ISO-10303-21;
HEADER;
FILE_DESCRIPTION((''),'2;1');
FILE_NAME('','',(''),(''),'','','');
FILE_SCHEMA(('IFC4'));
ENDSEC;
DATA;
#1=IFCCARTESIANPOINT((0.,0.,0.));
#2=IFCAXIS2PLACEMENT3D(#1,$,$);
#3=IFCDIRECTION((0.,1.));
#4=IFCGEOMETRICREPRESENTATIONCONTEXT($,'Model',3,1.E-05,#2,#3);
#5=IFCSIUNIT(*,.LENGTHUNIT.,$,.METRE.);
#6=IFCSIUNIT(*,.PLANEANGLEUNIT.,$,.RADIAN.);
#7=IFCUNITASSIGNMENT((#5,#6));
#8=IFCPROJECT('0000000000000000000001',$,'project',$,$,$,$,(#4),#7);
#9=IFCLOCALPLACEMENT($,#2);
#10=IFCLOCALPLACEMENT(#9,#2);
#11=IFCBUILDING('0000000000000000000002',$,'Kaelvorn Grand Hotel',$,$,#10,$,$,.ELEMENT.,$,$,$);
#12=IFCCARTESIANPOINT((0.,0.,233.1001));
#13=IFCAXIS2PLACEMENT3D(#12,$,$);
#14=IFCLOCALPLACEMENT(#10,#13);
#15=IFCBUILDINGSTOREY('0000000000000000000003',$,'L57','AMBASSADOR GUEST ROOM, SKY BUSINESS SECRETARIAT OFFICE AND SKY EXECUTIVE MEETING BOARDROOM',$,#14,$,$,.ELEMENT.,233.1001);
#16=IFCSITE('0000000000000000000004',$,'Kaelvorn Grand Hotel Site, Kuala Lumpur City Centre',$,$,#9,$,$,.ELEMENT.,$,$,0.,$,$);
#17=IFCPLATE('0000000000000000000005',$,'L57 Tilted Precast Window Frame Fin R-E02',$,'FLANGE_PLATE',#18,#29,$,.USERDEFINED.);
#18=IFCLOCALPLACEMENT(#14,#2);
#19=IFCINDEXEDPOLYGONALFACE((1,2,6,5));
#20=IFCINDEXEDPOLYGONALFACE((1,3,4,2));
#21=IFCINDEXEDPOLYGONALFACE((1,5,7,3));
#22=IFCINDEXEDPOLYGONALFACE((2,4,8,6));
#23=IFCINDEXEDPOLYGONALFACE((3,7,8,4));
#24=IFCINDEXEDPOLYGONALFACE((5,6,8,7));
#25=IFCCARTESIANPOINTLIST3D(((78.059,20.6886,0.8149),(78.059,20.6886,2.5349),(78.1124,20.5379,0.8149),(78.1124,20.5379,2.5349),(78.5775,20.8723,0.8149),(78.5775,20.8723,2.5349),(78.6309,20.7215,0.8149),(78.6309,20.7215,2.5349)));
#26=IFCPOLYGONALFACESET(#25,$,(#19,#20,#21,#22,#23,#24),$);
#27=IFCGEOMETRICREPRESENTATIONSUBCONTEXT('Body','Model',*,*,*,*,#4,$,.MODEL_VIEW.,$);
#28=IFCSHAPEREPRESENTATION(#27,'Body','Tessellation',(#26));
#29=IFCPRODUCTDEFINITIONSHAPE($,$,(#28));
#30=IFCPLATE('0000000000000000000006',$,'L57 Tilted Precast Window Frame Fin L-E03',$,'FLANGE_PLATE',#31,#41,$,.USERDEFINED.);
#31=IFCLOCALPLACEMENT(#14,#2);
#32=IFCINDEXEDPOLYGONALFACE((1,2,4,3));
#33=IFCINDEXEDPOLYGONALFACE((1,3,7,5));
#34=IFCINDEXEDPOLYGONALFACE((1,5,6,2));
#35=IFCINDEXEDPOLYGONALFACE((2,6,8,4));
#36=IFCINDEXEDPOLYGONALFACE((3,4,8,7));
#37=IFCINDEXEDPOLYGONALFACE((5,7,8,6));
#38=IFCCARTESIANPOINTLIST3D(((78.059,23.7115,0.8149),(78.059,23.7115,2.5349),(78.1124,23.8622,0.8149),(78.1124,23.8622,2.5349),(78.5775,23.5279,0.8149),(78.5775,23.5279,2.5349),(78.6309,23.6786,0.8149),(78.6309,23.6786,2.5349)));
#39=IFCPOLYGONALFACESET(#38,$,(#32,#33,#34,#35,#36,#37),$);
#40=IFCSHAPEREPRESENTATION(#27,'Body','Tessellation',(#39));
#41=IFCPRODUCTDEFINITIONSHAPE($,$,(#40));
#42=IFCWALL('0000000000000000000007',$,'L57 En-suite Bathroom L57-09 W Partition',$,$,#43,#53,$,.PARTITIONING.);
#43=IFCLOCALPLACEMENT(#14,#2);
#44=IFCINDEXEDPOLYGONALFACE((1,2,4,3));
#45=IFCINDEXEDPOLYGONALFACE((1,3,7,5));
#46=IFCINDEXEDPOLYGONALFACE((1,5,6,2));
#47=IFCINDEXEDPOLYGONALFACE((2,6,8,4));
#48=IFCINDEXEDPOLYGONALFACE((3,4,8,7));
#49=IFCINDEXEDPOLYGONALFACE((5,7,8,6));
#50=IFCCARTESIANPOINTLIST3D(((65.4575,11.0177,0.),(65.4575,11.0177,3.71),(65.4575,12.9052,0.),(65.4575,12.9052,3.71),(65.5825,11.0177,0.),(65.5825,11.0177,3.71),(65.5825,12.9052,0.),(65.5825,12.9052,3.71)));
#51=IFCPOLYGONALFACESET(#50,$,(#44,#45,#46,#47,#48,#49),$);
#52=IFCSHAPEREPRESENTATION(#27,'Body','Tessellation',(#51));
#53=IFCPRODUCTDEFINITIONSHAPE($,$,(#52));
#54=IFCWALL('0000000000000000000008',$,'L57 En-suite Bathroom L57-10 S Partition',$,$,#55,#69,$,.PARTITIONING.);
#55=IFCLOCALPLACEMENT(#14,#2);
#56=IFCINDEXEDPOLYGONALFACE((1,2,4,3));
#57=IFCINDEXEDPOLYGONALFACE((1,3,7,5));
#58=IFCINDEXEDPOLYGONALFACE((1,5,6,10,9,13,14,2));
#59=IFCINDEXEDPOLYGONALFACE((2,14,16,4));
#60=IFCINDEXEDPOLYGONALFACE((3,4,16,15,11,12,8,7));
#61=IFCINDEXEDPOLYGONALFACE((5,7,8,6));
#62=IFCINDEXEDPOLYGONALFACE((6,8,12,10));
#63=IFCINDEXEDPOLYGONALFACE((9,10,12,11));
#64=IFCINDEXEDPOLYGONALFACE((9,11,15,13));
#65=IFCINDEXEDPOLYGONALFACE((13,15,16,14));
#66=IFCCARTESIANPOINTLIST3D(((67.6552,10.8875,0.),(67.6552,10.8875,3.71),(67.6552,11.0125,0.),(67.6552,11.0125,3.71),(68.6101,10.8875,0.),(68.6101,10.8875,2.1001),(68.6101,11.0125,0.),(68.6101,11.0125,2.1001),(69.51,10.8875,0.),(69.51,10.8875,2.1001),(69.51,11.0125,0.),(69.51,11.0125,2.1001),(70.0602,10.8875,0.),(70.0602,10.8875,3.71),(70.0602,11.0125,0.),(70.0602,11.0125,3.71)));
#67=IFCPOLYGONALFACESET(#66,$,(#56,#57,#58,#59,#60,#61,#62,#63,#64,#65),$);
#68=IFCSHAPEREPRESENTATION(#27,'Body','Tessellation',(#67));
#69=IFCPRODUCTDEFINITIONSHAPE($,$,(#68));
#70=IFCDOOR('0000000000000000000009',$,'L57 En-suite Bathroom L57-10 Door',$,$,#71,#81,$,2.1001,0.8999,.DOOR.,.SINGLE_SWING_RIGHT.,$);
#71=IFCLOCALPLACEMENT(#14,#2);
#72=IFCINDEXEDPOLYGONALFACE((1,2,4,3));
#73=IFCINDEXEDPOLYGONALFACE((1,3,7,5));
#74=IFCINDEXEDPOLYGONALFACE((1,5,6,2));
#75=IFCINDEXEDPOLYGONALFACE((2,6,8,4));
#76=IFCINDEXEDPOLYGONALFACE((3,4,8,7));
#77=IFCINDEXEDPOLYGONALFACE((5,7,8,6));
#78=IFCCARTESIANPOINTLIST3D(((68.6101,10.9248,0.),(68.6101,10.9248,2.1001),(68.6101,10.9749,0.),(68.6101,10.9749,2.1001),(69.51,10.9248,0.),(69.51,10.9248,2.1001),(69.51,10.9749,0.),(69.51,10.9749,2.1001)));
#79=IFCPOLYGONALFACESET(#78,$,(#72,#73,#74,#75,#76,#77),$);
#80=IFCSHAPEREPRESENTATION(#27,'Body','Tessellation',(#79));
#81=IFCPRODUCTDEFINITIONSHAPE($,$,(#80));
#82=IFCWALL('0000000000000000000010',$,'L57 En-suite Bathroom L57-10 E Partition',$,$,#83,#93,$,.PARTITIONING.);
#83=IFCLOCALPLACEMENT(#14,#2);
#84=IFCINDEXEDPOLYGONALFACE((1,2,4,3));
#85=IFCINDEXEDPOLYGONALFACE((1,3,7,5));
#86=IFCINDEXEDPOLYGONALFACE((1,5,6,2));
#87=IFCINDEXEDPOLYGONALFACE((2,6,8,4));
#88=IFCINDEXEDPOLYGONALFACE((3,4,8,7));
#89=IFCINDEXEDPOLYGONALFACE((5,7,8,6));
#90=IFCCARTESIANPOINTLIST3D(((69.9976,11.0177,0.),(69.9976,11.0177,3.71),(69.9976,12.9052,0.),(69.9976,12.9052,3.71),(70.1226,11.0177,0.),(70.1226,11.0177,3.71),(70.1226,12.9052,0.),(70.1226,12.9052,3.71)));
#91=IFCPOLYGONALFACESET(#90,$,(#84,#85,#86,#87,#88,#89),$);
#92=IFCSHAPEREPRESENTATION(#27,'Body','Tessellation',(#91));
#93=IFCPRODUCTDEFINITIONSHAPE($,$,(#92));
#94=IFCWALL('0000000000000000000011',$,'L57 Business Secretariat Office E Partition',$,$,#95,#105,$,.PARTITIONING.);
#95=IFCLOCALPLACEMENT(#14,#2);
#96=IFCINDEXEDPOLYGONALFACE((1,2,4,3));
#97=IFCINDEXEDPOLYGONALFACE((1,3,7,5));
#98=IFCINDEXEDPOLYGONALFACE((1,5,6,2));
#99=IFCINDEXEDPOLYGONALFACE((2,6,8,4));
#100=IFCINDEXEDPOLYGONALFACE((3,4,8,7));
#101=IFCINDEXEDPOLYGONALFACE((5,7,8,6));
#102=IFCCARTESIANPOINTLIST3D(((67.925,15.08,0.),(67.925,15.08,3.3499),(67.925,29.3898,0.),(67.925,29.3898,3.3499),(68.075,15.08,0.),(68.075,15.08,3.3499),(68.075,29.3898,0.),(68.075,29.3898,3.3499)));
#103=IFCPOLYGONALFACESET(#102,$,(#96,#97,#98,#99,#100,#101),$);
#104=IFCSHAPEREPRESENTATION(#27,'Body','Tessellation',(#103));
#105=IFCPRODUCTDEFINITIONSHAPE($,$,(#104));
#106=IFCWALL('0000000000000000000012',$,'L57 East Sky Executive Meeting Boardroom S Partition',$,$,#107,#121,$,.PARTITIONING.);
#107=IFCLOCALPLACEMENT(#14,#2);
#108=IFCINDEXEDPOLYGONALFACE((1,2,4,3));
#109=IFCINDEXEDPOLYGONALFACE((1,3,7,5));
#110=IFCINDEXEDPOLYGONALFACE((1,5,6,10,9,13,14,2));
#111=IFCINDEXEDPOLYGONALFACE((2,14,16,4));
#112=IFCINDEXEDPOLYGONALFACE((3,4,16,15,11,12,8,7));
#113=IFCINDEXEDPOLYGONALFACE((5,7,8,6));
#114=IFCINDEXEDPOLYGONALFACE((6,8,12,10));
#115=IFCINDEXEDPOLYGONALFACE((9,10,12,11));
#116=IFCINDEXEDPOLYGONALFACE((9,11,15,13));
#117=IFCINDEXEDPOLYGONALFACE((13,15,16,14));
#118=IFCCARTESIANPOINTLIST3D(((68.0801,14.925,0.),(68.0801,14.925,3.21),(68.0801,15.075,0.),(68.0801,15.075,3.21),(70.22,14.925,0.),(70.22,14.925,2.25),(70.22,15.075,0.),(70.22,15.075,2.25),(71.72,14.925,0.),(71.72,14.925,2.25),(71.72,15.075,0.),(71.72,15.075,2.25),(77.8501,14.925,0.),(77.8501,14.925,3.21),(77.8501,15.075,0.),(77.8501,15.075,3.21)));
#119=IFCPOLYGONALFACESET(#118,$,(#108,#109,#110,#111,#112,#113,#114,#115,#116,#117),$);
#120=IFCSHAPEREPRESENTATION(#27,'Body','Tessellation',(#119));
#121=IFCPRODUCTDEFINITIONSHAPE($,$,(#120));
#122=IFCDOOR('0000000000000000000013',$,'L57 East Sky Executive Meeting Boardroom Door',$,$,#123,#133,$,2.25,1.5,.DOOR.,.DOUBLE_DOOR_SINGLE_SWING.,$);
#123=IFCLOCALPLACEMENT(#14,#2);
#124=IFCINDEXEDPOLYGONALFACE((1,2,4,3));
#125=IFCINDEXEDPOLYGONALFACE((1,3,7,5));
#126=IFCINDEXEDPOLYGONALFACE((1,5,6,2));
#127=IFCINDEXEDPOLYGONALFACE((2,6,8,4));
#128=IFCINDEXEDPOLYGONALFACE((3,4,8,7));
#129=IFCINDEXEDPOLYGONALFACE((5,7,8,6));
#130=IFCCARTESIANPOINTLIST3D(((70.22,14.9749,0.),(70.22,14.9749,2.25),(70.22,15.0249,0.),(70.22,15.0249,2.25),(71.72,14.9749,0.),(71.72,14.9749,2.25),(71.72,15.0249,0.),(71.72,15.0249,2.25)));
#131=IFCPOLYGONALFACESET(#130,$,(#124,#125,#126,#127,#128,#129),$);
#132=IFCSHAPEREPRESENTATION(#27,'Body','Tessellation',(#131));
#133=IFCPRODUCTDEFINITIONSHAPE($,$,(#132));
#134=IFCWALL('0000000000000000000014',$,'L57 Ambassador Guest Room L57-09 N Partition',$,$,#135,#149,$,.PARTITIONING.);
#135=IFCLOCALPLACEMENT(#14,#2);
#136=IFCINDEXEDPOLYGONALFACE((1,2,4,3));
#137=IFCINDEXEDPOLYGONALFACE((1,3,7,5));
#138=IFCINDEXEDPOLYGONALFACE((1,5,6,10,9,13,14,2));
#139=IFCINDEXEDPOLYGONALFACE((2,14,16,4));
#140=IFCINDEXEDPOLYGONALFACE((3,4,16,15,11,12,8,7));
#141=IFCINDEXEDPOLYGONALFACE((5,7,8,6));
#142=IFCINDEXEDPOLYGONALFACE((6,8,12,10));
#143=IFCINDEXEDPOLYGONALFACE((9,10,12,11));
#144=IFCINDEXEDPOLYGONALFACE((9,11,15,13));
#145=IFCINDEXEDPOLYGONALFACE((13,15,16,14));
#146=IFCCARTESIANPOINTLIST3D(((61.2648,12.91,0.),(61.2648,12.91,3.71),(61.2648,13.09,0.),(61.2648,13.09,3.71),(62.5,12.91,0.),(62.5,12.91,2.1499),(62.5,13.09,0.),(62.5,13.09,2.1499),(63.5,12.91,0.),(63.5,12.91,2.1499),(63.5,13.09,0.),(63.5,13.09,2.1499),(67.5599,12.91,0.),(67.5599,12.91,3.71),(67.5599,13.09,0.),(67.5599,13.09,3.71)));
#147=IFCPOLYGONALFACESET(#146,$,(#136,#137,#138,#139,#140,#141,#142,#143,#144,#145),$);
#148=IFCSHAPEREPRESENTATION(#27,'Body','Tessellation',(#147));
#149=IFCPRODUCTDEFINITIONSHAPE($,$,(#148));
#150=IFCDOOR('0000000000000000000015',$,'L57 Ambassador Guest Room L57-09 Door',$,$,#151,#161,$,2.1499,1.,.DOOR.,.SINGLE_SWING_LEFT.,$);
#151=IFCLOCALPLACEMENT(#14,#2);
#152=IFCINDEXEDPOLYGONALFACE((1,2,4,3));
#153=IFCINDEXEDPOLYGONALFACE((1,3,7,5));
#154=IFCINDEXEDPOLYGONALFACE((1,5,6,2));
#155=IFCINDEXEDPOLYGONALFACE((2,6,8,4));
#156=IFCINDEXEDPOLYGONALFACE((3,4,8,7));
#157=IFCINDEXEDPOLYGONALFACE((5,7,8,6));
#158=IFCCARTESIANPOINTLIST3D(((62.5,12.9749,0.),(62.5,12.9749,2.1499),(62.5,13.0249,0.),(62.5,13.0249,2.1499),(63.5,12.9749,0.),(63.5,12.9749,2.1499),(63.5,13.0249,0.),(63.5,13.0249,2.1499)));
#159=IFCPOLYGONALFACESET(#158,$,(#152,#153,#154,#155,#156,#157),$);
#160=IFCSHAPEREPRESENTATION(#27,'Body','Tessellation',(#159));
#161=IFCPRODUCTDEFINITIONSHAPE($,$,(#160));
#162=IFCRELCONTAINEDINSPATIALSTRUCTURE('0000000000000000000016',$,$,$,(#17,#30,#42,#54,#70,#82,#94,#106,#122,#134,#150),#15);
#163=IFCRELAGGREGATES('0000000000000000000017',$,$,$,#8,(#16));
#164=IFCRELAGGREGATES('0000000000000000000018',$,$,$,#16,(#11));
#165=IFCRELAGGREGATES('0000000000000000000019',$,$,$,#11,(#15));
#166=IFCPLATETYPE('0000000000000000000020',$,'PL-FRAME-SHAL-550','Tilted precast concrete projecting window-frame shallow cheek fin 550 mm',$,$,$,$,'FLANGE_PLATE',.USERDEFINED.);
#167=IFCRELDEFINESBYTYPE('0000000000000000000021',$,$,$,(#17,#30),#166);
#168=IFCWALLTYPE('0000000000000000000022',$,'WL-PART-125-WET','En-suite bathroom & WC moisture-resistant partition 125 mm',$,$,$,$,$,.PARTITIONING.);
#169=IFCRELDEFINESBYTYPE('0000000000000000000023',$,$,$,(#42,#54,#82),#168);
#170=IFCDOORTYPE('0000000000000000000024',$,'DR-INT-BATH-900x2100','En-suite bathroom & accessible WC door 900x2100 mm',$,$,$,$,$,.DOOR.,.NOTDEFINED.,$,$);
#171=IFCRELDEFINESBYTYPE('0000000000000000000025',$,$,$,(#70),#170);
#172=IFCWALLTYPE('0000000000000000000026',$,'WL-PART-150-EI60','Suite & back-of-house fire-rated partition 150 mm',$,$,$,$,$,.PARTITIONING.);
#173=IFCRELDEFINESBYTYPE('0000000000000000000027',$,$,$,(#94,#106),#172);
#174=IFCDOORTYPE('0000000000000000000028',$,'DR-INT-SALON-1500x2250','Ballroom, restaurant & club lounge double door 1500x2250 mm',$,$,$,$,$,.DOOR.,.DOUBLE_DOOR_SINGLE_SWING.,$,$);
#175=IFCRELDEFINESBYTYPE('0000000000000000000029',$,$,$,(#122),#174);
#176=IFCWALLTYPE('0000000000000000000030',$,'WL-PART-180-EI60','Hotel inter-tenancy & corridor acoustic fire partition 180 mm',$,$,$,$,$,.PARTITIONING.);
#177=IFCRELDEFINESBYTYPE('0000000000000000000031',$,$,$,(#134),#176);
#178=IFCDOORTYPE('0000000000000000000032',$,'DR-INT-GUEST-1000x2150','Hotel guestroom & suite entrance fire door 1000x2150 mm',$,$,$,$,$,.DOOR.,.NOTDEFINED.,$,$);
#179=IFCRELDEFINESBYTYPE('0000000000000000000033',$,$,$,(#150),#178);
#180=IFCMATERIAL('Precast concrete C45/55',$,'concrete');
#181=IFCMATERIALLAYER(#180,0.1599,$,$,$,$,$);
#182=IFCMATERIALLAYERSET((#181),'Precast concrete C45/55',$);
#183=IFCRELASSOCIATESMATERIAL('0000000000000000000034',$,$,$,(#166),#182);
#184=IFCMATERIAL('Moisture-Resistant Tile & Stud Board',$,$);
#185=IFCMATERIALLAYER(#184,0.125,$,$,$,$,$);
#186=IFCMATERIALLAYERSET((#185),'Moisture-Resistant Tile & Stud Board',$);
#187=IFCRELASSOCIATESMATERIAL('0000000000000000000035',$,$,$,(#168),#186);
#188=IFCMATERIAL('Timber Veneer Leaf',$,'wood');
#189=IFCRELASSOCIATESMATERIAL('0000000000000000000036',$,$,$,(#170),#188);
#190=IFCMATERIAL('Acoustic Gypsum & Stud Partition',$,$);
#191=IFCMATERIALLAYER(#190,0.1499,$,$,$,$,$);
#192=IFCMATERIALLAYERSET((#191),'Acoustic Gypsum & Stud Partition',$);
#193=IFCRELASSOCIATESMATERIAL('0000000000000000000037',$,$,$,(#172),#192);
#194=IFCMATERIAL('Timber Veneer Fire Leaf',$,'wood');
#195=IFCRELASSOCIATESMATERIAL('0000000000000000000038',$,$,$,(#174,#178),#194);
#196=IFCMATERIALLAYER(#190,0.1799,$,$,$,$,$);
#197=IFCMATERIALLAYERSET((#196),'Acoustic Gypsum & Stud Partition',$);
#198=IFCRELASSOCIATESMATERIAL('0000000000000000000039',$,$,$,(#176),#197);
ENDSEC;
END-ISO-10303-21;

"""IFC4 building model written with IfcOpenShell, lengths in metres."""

from ifc_helpers import new_model, si_unit, direction, frame, frame_2d, origin, origin_2d, place, context, subcontext, project, spatial, rectangle, extrude, material, layer, layer_set, type_object, element, fill, save


model = new_model("IFC4")

# Units and contexts
model_context = context("Model", 3, precision=1e-05, world=origin(), true_north=direction((0.0, 1.0)))
body_context = subcontext(model_context, "Body", "Model", "MODEL_VIEW")
ifc_project = project(units=[si_unit("LENGTHUNIT", "METRE"), si_unit("PLANEANGLEUNIT", "RADIAN")], contexts=[model_context])

# Site, building, storey
site_placement = place(None, origin())
site = spatial("IfcSite", under=ifc_project, at=site_placement, Name="Kaelvorn Grand Hotel Site, Kuala Lumpur City Centre", CompositionType="ELEMENT", RefElevation=0.0)
building_placement = place(site_placement, origin())
building = spatial("IfcBuilding", under=site, at=building_placement, Name="Kaelvorn Grand Hotel", CompositionType="ELEMENT")
storey_placement = place(building_placement, frame((0.0, 0.0, 233.1001)))
storey = spatial("IfcBuildingStorey", under=building, at=storey_placement, Name="L57", Description="AMBASSADOR GUEST ROOM, SKY BUSINESS SECRETARIAT OFFICE AND SKY EXECUTIVE MEETING BOARDROOM", CompositionType="ELEMENT", Elevation=233.1001)

# Plates
ifc_material_1 = material(Name="Precast concrete C45/55", Category="concrete")
ifc_layer_1 = layer(ifc_material_1, 0.1599)
ifc_layer_set_1 = layer_set([ifc_layer_1], Name="Precast concrete C45/55")
plate_type_1 = type_object("IfcPlateType", Name="PL-FRAME-SHAL-550", Description="Tilted precast concrete projecting window-frame shallow cheek fin 550 mm", ElementType="FLANGE_PLATE", PredefinedType="USERDEFINED", material=ifc_layer_set_1)
for number, where, z_axis, x_axis, name in (
    (1, (78.345, 20.7051, 0.8149), (0.0, 0.0, 1.0), (-0.333807, 0.942641, 0.0), "L57 Tilted Precast Window Frame Fin R-E02"),
    (2, (78.345, 23.6951, 0.8149), (0.0, 0.0, 1.0), (0.333807, 0.942641, 0.0), "L57 Tilted Precast Window Frame Fin L-E03"),
):
    element("IfcPlate", number, at=place(storey_placement, frame(where, z_axis=z_axis, x_axis=x_axis)), inside=storey, type_object=plate_type_1, Name=name, ObjectType="FLANGE_PLATE", PredefinedType="USERDEFINED", context=body_context, shape_type="SweptSolid", body=[
        extrude(rectangle(XDim=0.1599, YDim=0.55, at=origin_2d()), origin(), (0.0, 0.0, 1.0), 1.72),
    ])

# Wall
ifc_material_2 = material(Name="Moisture-Resistant Tile & Stud Board")
ifc_layer_2 = layer(ifc_material_2, 0.125)
ifc_layer_set_2 = layer_set([ifc_layer_2], Name="Moisture-Resistant Tile & Stud Board")
wall_type_1 = type_object("IfcWallType", Name="WL-PART-125-WET", Description="En-suite bathroom & WC moisture-resistant partition 125 mm", PredefinedType="PARTITIONING", material=ifc_layer_set_2)
wall_1_placement = place(storey_placement, frame((65.52, 11.0176, 0.0), z_axis=(0.0, 0.0, 1.0), x_axis=(0.0, 1.0, 0.0)))
element("IfcWall", 3, at=wall_1_placement, inside=storey, type_object=wall_type_1, Name="L57 En-suite Bathroom L57-09 W Partition", PredefinedType="PARTITIONING", context=body_context, shape_type="SweptSolid", body=[
    extrude(rectangle(XDim=1.8875, YDim=0.125, at=frame_2d((0.9438, 0.0))), origin(), (0.0, 0.0, 1.0), 3.71),
])

# Wall, opening, door
wall_2_placement = place(storey_placement, frame((67.655, 10.95, 0.0), z_axis=(0.0, 0.0, 1.0), x_axis=(1.0, 0.0, 0.0)))
wall_2 = element("IfcWall", 4, at=wall_2_placement, inside=storey, type_object=wall_type_1, Name="L57 En-suite Bathroom L57-10 S Partition", PredefinedType="PARTITIONING", context=body_context, shape_type="SweptSolid", body=[
    extrude(rectangle(XDim=2.405, YDim=0.125, at=frame_2d((1.2026, 0.0))), origin(), (0.0, 0.0, 1.0), 3.71),
])
opening_1_placement = place(wall_2_placement, frame((0.9551, 0.0, 0.0)))
opening_1 = element("IfcOpeningElement", 5, at=opening_1_placement, cuts=wall_2, PredefinedType="OPENING", context=body_context, shape_type="SweptSolid", body=[
    extrude(rectangle(XDim=0.8999, YDim=2.1001, at=frame_2d((0.45, 1.05))), frame((0.0, 0.0725, 0.0), z_axis=(0.0, -1.0, 0.0), x_axis=(1.0, 0.0, 0.0)), (0.0, 0.0, 1.0), 0.145),
])
ifc_material_3 = material(Name="Timber Veneer Leaf", Category="wood")
door_type_1 = type_object("IfcDoorType", Name="DR-INT-BATH-900x2100", Description="En-suite bathroom & accessible WC door 900x2100 mm", OperationType="NOTDEFINED", PredefinedType="DOOR", material=ifc_material_3)
door_1_placement = place(opening_1_placement, origin())
door_1 = element("IfcDoor", 6, at=door_1_placement, inside=storey, type_object=door_type_1, Name="L57 En-suite Bathroom L57-10 Door", OperationType="SINGLE_SWING_RIGHT", OverallHeight=2.1001, OverallWidth=0.8999, PredefinedType="DOOR", context=body_context, shape_type="SweptSolid", body=[
    extrude(rectangle(XDim=0.8999, YDim=2.1001, at=frame_2d((0.45, 1.05))), frame((0.0, 0.0249, 0.0), z_axis=(0.0, -1.0, 0.0), x_axis=(1.0, 0.0, 0.0)), (0.0, 0.0, 1.0), 0.05),
])
fill(opening_1, door_1)

# Walls
wall_3_placement = place(storey_placement, frame((70.0601, 11.0176, 0.0), z_axis=(0.0, 0.0, 1.0), x_axis=(0.0, 1.0, 0.0)))
element("IfcWall", 7, at=wall_3_placement, inside=storey, type_object=wall_type_1, Name="L57 En-suite Bathroom L57-10 E Partition", PredefinedType="PARTITIONING", context=body_context, shape_type="SweptSolid", body=[
    extrude(rectangle(XDim=1.8875, YDim=0.125, at=frame_2d((0.9438, 0.0))), origin(), (0.0, 0.0, 1.0), 3.71),
])
ifc_material_4 = material(Name="Acoustic Gypsum & Stud Partition")
ifc_layer_3 = layer(ifc_material_4, 0.1499)
ifc_layer_set_3 = layer_set([ifc_layer_3], Name="Acoustic Gypsum & Stud Partition")
wall_type_2 = type_object("IfcWallType", Name="WL-PART-150-EI60", Description="Suite & back-of-house fire-rated partition 150 mm", PredefinedType="PARTITIONING", material=ifc_layer_set_3)
wall_4_placement = place(storey_placement, frame((68.0, 15.0801, 0.0), z_axis=(0.0, 0.0, 1.0), x_axis=(0.0, 1.0, 0.0)))
element("IfcWall", 8, at=wall_4_placement, inside=storey, type_object=wall_type_2, Name="L57 Business Secretariat Office E Partition", PredefinedType="PARTITIONING", context=body_context, shape_type="SweptSolid", body=[
    extrude(rectangle(XDim=14.3098, YDim=0.1499, at=frame_2d((7.1548, 0.0))), origin(), (0.0, 0.0, 1.0), 3.3499),
])

# Walls, openings, doors
wall_5_placement = place(storey_placement, frame((68.0801, 15.0, 0.0), z_axis=(0.0, 0.0, 1.0), x_axis=(1.0, 0.0, 0.0)))
wall_5 = element("IfcWall", 9, at=wall_5_placement, inside=storey, type_object=wall_type_2, Name="L57 East Sky Executive Meeting Boardroom S Partition", PredefinedType="PARTITIONING", context=body_context, shape_type="SweptSolid", body=[
    extrude(rectangle(XDim=9.77, YDim=0.1499, at=frame_2d((4.885, 0.0))), origin(), (0.0, 0.0, 1.0), 3.21),
])
opening_2_placement = place(wall_5_placement, frame((2.1399, 0.0, 0.0)))
opening_2 = element("IfcOpeningElement", 10, at=opening_2_placement, cuts=wall_5, PredefinedType="OPENING", context=body_context, shape_type="SweptSolid", body=[
    extrude(rectangle(XDim=1.5, YDim=2.25, at=frame_2d((0.75, 1.125))), frame((0.0, 0.085, 0.0), z_axis=(0.0, -1.0, 0.0), x_axis=(1.0, 0.0, 0.0)), (0.0, 0.0, 1.0), 0.1699),
])
ifc_material_5 = material(Name="Timber Veneer Fire Leaf", Category="wood")
door_type_2 = type_object("IfcDoorType", Name="DR-INT-SALON-1500x2250", Description="Ballroom, restaurant & club lounge double door 1500x2250 mm", OperationType="DOUBLE_DOOR_SINGLE_SWING", PredefinedType="DOOR", material=ifc_material_5)
door_2_placement = place(opening_2_placement, origin())
door_2 = element("IfcDoor", 11, at=door_2_placement, inside=storey, type_object=door_type_2, Name="L57 East Sky Executive Meeting Boardroom Door", OperationType="DOUBLE_DOOR_SINGLE_SWING", OverallHeight=2.25, OverallWidth=1.5, PredefinedType="DOOR", context=body_context, shape_type="SweptSolid", body=[
    extrude(rectangle(XDim=1.5, YDim=2.25, at=frame_2d((0.75, 1.125))), frame((0.0, 0.0249, 0.0), z_axis=(0.0, -1.0, 0.0), x_axis=(1.0, 0.0, 0.0)), (0.0, 0.0, 1.0), 0.05),
])
fill(opening_2, door_2)
ifc_layer_4 = layer(ifc_material_4, 0.1799)
ifc_layer_set_4 = layer_set([ifc_layer_4], Name="Acoustic Gypsum & Stud Partition")
wall_type_3 = type_object("IfcWallType", Name="WL-PART-180-EI60", Description="Hotel inter-tenancy & corridor acoustic fire partition 180 mm", PredefinedType="PARTITIONING", material=ifc_layer_set_4)
wall_6_placement = place(storey_placement, frame((61.2649, 13.0, 0.0), z_axis=(0.0, 0.0, 1.0), x_axis=(1.0, 0.0, 0.0)))
wall_6 = element("IfcWall", 12, at=wall_6_placement, inside=storey, type_object=wall_type_3, Name="L57 Ambassador Guest Room L57-09 N Partition", PredefinedType="PARTITIONING", context=body_context, shape_type="SweptSolid", body=[
    extrude(rectangle(XDim=6.2952, YDim=0.1799, at=frame_2d((3.1475, 0.0))), origin(), (0.0, 0.0, 1.0), 3.71),
])
opening_3_placement = place(wall_6_placement, frame((1.2351, 0.0, 0.0)))
opening_3 = element("IfcOpeningElement", 13, at=opening_3_placement, cuts=wall_6, PredefinedType="OPENING", context=body_context, shape_type="SweptSolid", body=[
    extrude(rectangle(XDim=1.0, YDim=2.1499, at=frame_2d((0.5, 1.075))), frame((0.0, 0.1001, 0.0), z_axis=(0.0, -1.0, 0.0), x_axis=(1.0, 0.0, 0.0)), (0.0, 0.0, 1.0), 0.2),
])
door_type_3 = type_object("IfcDoorType", Name="DR-INT-GUEST-1000x2150", Description="Hotel guestroom & suite entrance fire door 1000x2150 mm", OperationType="NOTDEFINED", PredefinedType="DOOR", material=ifc_material_5)
door_3_placement = place(opening_3_placement, origin())
door_3 = element("IfcDoor", 14, at=door_3_placement, inside=storey, type_object=door_type_3, Name="L57 Ambassador Guest Room L57-09 Door", OperationType="SINGLE_SWING_LEFT", OverallHeight=2.1499, OverallWidth=1.0, PredefinedType="DOOR", context=body_context, shape_type="SweptSolid", body=[
    extrude(rectangle(XDim=1.0, YDim=2.1499, at=frame_2d((0.5, 1.075))), frame((0.0, 0.0249, 0.0), z_axis=(0.0, -1.0, 0.0), x_axis=(1.0, 0.0, 0.0)), (0.0, 0.0, 1.0), 0.05),
])
fill(opening_3, door_3)

save(model, "model.ifc")
